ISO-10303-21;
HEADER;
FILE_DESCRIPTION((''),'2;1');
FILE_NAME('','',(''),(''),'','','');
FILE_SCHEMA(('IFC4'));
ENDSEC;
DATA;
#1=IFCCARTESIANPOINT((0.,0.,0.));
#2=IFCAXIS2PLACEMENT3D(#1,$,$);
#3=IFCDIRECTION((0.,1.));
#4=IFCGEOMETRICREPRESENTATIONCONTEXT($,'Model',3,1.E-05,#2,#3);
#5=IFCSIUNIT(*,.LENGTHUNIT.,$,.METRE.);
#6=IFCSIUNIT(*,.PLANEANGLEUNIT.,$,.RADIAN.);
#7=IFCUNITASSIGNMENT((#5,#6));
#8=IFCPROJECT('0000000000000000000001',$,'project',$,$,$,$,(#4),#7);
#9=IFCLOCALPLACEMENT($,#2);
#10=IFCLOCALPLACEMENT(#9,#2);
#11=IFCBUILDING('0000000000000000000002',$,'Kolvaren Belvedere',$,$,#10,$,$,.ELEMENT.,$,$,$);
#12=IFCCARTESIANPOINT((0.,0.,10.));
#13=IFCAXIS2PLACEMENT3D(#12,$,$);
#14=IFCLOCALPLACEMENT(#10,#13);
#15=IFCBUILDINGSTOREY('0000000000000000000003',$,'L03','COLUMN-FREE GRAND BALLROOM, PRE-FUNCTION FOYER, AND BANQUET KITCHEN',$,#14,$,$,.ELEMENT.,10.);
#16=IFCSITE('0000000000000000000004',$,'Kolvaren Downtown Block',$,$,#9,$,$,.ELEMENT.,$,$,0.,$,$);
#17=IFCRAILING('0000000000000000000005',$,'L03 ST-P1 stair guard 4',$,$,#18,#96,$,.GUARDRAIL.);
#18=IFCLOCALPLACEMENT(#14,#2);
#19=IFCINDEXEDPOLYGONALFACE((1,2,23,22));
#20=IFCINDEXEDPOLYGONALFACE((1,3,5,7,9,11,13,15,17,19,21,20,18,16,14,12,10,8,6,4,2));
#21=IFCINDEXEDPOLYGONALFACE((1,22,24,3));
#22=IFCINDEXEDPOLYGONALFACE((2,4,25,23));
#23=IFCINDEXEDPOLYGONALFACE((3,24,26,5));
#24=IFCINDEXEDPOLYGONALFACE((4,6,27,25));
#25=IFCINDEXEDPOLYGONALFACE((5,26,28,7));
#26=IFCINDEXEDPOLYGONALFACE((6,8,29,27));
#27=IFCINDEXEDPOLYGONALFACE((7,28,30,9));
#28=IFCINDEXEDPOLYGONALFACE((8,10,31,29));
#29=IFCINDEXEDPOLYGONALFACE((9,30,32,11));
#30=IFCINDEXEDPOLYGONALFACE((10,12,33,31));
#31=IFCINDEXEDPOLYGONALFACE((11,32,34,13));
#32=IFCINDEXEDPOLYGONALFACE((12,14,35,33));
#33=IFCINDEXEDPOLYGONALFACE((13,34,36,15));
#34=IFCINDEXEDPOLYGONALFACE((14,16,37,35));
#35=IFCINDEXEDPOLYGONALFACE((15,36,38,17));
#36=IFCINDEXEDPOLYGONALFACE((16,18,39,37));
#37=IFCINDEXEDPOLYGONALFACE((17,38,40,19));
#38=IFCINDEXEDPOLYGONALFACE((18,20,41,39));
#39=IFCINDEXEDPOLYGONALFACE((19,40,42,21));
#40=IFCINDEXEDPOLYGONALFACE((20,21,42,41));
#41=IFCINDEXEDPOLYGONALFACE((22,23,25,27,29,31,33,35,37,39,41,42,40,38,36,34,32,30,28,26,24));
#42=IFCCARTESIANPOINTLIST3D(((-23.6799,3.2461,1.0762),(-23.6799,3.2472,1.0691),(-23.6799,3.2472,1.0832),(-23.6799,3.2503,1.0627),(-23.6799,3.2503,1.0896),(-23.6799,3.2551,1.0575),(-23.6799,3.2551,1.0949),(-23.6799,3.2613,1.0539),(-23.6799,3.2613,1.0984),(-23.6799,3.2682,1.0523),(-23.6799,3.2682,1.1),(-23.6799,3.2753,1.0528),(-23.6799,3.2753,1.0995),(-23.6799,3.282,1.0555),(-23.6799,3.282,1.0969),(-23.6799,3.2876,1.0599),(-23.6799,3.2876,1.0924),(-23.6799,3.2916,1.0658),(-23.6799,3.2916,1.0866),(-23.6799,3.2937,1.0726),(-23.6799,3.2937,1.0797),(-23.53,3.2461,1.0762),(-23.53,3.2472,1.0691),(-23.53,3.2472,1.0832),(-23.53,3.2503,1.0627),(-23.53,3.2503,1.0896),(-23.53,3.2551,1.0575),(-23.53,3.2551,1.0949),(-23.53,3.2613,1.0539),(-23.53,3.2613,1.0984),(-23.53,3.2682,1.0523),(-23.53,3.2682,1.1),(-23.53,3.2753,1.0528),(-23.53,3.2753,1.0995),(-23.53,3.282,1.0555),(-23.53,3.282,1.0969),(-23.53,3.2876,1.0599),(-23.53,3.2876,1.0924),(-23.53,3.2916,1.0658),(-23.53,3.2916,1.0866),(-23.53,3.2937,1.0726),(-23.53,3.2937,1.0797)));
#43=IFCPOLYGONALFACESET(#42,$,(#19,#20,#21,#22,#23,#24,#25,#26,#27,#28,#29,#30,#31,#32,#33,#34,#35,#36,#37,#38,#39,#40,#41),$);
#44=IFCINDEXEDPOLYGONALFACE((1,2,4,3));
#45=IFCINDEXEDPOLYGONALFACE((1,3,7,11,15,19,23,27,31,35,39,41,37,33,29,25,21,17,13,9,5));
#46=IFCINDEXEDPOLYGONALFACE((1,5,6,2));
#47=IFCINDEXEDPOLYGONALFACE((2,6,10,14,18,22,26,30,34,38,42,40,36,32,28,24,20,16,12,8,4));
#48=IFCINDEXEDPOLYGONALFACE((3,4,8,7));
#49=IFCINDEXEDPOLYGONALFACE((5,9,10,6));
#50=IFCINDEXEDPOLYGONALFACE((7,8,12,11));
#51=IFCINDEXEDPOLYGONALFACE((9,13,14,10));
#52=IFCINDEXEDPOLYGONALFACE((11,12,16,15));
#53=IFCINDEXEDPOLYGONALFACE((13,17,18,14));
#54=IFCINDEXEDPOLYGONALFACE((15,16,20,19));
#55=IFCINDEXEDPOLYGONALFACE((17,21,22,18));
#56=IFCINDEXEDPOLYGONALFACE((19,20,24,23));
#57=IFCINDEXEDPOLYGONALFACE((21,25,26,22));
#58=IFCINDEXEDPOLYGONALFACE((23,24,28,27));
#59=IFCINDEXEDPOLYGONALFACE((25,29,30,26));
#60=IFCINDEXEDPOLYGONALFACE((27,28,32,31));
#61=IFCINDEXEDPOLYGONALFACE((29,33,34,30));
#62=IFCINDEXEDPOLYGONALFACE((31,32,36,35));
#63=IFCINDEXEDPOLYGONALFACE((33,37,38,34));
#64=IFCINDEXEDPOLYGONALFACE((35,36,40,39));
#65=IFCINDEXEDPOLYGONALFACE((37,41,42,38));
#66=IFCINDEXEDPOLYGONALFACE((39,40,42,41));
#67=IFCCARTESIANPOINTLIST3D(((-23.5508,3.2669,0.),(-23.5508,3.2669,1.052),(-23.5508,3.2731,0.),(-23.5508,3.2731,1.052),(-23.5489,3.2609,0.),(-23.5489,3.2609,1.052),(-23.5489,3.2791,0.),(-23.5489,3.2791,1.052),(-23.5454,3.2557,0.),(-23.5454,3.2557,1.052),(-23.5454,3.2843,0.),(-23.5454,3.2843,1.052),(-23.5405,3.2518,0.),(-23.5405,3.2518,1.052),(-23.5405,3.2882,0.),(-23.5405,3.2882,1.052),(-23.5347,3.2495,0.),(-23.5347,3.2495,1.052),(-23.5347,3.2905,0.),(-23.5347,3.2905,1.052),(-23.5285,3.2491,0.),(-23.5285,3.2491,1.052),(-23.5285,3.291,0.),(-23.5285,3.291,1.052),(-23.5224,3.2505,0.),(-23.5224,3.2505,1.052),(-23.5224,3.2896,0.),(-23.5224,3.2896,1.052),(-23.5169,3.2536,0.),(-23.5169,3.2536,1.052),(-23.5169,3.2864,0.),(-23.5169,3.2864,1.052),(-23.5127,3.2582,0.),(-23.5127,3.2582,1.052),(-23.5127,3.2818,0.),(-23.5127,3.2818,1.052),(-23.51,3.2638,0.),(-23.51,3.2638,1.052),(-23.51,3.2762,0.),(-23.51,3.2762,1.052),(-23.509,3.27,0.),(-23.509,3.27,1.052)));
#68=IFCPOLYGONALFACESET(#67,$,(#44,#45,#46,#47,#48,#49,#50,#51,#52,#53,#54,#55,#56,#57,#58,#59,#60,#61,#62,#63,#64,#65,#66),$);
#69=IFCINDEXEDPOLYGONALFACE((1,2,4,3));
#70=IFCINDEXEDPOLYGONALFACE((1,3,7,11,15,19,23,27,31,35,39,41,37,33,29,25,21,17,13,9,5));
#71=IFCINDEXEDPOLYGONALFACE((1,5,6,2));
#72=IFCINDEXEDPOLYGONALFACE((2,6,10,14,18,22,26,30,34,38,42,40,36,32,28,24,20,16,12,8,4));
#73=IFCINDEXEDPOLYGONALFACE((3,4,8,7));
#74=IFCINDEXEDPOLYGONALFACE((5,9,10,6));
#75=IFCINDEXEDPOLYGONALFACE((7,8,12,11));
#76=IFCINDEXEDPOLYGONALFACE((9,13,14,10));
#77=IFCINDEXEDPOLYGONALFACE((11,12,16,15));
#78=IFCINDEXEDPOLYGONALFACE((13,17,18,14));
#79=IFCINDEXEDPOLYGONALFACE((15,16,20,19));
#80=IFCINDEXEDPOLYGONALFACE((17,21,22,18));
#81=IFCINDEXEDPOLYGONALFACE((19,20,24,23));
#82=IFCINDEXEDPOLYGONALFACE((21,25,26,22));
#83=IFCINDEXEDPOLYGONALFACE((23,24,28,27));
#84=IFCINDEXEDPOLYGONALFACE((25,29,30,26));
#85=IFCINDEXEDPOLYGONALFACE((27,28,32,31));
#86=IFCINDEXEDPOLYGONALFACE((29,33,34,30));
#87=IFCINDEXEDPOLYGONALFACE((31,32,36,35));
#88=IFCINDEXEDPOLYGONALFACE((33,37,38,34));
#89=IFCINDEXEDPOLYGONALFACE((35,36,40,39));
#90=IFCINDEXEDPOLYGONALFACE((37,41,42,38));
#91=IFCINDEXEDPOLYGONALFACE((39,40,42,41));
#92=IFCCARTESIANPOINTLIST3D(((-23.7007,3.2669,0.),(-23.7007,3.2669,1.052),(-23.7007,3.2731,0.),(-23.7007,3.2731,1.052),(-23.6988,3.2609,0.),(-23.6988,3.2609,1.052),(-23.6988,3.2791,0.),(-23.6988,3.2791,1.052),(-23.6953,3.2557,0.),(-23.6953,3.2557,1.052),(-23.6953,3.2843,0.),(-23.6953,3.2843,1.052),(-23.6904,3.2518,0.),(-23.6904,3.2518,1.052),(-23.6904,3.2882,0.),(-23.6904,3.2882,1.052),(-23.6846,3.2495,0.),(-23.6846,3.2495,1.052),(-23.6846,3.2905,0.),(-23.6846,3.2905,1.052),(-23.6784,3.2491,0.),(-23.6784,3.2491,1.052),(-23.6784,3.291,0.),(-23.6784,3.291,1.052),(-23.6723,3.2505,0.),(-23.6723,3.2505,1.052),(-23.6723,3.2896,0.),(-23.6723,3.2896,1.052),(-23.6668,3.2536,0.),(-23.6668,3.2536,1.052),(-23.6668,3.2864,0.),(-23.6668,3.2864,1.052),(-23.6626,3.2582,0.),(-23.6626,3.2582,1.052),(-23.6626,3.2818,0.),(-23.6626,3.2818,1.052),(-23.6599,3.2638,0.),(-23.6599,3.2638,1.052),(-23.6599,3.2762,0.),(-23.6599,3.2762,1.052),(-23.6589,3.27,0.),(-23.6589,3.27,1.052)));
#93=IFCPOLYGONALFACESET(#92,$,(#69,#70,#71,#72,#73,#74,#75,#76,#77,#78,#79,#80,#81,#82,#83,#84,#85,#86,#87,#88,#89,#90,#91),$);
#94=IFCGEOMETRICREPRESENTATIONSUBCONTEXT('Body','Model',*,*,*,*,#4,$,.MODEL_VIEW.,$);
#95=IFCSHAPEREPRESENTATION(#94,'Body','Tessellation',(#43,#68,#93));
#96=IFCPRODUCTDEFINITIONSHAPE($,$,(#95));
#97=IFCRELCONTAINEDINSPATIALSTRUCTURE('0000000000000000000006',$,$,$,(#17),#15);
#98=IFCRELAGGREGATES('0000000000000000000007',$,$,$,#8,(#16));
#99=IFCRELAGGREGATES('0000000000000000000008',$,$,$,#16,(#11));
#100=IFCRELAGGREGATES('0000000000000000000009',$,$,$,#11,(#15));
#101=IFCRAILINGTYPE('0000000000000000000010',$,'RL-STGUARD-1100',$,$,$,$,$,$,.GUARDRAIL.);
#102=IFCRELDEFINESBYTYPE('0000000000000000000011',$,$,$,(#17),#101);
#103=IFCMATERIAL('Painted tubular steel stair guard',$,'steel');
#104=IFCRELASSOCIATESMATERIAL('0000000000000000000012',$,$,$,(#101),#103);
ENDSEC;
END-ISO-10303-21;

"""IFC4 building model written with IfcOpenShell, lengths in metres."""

from ifc_helpers import new_model, si_unit, direction, frame, origin, origin_2d, place, context, subcontext, project, spatial, circle, extrude, material, type_object, element, save


model = new_model("IFC4")

# Units and contexts
model_context = context("Model", 3, precision=1e-05, world=origin(), true_north=direction((0.0, 1.0)))
body_context = subcontext(model_context, "Body", "Model", "MODEL_VIEW")
ifc_project = project(units=[si_unit("LENGTHUNIT", "METRE"), si_unit("PLANEANGLEUNIT", "RADIAN")], contexts=[model_context])

# Site, building, storey
site_placement = place(None, origin())
site = spatial("IfcSite", under=ifc_project, at=site_placement, Name="Kolvaren Downtown Block", CompositionType="ELEMENT", RefElevation=0.0)
building_placement = place(site_placement, origin())
building = spatial("IfcBuilding", under=site, at=building_placement, Name="Kolvaren Belvedere", CompositionType="ELEMENT")
storey_placement = place(building_placement, frame((0.0, 0.0, 10.0)))
storey = spatial("IfcBuildingStorey", under=building, at=storey_placement, Name="L03", Description="COLUMN-FREE GRAND BALLROOM, PRE-FUNCTION FOYER, AND BANQUET KITCHEN", CompositionType="ELEMENT", Elevation=10.0)

# Railing
ifc_material_1 = material(Name="Painted tubular steel stair guard", Category="steel")
railing_type_1 = type_object("IfcRailingType", Name="RL-STGUARD-1100", PredefinedType="GUARDRAIL", material=ifc_material_1)
railing_1_placement = place(storey_placement, frame((-23.53, 3.27, 0.0)))
element("IfcRailing", 1, at=railing_1_placement, inside=storey, type_object=railing_type_1, Name="L03 ST-P1 stair guard 4", PredefinedType="GUARDRAIL", context=body_context, shape_type="SweptSolid", body=[
    extrude(circle(Radius=0.0239, at=origin_2d()), frame((0.0, 0.0, 1.0762), z_axis=(-1.0, 0.0, 0.0), x_axis=(0.0, -1.0, 0.0)), (0.0, 0.0, 1.0), 0.1499),
    extrude(circle(Radius=0.021, at=origin_2d()), origin(), (0.0, 0.0, 1.0), 1.052),
    extrude(circle(Radius=0.021, at=origin_2d()), frame((-0.1499, 0.0, 0.0)), (0.0, 0.0, 1.0), 1.052),
])

save(model, "model.ifc")
